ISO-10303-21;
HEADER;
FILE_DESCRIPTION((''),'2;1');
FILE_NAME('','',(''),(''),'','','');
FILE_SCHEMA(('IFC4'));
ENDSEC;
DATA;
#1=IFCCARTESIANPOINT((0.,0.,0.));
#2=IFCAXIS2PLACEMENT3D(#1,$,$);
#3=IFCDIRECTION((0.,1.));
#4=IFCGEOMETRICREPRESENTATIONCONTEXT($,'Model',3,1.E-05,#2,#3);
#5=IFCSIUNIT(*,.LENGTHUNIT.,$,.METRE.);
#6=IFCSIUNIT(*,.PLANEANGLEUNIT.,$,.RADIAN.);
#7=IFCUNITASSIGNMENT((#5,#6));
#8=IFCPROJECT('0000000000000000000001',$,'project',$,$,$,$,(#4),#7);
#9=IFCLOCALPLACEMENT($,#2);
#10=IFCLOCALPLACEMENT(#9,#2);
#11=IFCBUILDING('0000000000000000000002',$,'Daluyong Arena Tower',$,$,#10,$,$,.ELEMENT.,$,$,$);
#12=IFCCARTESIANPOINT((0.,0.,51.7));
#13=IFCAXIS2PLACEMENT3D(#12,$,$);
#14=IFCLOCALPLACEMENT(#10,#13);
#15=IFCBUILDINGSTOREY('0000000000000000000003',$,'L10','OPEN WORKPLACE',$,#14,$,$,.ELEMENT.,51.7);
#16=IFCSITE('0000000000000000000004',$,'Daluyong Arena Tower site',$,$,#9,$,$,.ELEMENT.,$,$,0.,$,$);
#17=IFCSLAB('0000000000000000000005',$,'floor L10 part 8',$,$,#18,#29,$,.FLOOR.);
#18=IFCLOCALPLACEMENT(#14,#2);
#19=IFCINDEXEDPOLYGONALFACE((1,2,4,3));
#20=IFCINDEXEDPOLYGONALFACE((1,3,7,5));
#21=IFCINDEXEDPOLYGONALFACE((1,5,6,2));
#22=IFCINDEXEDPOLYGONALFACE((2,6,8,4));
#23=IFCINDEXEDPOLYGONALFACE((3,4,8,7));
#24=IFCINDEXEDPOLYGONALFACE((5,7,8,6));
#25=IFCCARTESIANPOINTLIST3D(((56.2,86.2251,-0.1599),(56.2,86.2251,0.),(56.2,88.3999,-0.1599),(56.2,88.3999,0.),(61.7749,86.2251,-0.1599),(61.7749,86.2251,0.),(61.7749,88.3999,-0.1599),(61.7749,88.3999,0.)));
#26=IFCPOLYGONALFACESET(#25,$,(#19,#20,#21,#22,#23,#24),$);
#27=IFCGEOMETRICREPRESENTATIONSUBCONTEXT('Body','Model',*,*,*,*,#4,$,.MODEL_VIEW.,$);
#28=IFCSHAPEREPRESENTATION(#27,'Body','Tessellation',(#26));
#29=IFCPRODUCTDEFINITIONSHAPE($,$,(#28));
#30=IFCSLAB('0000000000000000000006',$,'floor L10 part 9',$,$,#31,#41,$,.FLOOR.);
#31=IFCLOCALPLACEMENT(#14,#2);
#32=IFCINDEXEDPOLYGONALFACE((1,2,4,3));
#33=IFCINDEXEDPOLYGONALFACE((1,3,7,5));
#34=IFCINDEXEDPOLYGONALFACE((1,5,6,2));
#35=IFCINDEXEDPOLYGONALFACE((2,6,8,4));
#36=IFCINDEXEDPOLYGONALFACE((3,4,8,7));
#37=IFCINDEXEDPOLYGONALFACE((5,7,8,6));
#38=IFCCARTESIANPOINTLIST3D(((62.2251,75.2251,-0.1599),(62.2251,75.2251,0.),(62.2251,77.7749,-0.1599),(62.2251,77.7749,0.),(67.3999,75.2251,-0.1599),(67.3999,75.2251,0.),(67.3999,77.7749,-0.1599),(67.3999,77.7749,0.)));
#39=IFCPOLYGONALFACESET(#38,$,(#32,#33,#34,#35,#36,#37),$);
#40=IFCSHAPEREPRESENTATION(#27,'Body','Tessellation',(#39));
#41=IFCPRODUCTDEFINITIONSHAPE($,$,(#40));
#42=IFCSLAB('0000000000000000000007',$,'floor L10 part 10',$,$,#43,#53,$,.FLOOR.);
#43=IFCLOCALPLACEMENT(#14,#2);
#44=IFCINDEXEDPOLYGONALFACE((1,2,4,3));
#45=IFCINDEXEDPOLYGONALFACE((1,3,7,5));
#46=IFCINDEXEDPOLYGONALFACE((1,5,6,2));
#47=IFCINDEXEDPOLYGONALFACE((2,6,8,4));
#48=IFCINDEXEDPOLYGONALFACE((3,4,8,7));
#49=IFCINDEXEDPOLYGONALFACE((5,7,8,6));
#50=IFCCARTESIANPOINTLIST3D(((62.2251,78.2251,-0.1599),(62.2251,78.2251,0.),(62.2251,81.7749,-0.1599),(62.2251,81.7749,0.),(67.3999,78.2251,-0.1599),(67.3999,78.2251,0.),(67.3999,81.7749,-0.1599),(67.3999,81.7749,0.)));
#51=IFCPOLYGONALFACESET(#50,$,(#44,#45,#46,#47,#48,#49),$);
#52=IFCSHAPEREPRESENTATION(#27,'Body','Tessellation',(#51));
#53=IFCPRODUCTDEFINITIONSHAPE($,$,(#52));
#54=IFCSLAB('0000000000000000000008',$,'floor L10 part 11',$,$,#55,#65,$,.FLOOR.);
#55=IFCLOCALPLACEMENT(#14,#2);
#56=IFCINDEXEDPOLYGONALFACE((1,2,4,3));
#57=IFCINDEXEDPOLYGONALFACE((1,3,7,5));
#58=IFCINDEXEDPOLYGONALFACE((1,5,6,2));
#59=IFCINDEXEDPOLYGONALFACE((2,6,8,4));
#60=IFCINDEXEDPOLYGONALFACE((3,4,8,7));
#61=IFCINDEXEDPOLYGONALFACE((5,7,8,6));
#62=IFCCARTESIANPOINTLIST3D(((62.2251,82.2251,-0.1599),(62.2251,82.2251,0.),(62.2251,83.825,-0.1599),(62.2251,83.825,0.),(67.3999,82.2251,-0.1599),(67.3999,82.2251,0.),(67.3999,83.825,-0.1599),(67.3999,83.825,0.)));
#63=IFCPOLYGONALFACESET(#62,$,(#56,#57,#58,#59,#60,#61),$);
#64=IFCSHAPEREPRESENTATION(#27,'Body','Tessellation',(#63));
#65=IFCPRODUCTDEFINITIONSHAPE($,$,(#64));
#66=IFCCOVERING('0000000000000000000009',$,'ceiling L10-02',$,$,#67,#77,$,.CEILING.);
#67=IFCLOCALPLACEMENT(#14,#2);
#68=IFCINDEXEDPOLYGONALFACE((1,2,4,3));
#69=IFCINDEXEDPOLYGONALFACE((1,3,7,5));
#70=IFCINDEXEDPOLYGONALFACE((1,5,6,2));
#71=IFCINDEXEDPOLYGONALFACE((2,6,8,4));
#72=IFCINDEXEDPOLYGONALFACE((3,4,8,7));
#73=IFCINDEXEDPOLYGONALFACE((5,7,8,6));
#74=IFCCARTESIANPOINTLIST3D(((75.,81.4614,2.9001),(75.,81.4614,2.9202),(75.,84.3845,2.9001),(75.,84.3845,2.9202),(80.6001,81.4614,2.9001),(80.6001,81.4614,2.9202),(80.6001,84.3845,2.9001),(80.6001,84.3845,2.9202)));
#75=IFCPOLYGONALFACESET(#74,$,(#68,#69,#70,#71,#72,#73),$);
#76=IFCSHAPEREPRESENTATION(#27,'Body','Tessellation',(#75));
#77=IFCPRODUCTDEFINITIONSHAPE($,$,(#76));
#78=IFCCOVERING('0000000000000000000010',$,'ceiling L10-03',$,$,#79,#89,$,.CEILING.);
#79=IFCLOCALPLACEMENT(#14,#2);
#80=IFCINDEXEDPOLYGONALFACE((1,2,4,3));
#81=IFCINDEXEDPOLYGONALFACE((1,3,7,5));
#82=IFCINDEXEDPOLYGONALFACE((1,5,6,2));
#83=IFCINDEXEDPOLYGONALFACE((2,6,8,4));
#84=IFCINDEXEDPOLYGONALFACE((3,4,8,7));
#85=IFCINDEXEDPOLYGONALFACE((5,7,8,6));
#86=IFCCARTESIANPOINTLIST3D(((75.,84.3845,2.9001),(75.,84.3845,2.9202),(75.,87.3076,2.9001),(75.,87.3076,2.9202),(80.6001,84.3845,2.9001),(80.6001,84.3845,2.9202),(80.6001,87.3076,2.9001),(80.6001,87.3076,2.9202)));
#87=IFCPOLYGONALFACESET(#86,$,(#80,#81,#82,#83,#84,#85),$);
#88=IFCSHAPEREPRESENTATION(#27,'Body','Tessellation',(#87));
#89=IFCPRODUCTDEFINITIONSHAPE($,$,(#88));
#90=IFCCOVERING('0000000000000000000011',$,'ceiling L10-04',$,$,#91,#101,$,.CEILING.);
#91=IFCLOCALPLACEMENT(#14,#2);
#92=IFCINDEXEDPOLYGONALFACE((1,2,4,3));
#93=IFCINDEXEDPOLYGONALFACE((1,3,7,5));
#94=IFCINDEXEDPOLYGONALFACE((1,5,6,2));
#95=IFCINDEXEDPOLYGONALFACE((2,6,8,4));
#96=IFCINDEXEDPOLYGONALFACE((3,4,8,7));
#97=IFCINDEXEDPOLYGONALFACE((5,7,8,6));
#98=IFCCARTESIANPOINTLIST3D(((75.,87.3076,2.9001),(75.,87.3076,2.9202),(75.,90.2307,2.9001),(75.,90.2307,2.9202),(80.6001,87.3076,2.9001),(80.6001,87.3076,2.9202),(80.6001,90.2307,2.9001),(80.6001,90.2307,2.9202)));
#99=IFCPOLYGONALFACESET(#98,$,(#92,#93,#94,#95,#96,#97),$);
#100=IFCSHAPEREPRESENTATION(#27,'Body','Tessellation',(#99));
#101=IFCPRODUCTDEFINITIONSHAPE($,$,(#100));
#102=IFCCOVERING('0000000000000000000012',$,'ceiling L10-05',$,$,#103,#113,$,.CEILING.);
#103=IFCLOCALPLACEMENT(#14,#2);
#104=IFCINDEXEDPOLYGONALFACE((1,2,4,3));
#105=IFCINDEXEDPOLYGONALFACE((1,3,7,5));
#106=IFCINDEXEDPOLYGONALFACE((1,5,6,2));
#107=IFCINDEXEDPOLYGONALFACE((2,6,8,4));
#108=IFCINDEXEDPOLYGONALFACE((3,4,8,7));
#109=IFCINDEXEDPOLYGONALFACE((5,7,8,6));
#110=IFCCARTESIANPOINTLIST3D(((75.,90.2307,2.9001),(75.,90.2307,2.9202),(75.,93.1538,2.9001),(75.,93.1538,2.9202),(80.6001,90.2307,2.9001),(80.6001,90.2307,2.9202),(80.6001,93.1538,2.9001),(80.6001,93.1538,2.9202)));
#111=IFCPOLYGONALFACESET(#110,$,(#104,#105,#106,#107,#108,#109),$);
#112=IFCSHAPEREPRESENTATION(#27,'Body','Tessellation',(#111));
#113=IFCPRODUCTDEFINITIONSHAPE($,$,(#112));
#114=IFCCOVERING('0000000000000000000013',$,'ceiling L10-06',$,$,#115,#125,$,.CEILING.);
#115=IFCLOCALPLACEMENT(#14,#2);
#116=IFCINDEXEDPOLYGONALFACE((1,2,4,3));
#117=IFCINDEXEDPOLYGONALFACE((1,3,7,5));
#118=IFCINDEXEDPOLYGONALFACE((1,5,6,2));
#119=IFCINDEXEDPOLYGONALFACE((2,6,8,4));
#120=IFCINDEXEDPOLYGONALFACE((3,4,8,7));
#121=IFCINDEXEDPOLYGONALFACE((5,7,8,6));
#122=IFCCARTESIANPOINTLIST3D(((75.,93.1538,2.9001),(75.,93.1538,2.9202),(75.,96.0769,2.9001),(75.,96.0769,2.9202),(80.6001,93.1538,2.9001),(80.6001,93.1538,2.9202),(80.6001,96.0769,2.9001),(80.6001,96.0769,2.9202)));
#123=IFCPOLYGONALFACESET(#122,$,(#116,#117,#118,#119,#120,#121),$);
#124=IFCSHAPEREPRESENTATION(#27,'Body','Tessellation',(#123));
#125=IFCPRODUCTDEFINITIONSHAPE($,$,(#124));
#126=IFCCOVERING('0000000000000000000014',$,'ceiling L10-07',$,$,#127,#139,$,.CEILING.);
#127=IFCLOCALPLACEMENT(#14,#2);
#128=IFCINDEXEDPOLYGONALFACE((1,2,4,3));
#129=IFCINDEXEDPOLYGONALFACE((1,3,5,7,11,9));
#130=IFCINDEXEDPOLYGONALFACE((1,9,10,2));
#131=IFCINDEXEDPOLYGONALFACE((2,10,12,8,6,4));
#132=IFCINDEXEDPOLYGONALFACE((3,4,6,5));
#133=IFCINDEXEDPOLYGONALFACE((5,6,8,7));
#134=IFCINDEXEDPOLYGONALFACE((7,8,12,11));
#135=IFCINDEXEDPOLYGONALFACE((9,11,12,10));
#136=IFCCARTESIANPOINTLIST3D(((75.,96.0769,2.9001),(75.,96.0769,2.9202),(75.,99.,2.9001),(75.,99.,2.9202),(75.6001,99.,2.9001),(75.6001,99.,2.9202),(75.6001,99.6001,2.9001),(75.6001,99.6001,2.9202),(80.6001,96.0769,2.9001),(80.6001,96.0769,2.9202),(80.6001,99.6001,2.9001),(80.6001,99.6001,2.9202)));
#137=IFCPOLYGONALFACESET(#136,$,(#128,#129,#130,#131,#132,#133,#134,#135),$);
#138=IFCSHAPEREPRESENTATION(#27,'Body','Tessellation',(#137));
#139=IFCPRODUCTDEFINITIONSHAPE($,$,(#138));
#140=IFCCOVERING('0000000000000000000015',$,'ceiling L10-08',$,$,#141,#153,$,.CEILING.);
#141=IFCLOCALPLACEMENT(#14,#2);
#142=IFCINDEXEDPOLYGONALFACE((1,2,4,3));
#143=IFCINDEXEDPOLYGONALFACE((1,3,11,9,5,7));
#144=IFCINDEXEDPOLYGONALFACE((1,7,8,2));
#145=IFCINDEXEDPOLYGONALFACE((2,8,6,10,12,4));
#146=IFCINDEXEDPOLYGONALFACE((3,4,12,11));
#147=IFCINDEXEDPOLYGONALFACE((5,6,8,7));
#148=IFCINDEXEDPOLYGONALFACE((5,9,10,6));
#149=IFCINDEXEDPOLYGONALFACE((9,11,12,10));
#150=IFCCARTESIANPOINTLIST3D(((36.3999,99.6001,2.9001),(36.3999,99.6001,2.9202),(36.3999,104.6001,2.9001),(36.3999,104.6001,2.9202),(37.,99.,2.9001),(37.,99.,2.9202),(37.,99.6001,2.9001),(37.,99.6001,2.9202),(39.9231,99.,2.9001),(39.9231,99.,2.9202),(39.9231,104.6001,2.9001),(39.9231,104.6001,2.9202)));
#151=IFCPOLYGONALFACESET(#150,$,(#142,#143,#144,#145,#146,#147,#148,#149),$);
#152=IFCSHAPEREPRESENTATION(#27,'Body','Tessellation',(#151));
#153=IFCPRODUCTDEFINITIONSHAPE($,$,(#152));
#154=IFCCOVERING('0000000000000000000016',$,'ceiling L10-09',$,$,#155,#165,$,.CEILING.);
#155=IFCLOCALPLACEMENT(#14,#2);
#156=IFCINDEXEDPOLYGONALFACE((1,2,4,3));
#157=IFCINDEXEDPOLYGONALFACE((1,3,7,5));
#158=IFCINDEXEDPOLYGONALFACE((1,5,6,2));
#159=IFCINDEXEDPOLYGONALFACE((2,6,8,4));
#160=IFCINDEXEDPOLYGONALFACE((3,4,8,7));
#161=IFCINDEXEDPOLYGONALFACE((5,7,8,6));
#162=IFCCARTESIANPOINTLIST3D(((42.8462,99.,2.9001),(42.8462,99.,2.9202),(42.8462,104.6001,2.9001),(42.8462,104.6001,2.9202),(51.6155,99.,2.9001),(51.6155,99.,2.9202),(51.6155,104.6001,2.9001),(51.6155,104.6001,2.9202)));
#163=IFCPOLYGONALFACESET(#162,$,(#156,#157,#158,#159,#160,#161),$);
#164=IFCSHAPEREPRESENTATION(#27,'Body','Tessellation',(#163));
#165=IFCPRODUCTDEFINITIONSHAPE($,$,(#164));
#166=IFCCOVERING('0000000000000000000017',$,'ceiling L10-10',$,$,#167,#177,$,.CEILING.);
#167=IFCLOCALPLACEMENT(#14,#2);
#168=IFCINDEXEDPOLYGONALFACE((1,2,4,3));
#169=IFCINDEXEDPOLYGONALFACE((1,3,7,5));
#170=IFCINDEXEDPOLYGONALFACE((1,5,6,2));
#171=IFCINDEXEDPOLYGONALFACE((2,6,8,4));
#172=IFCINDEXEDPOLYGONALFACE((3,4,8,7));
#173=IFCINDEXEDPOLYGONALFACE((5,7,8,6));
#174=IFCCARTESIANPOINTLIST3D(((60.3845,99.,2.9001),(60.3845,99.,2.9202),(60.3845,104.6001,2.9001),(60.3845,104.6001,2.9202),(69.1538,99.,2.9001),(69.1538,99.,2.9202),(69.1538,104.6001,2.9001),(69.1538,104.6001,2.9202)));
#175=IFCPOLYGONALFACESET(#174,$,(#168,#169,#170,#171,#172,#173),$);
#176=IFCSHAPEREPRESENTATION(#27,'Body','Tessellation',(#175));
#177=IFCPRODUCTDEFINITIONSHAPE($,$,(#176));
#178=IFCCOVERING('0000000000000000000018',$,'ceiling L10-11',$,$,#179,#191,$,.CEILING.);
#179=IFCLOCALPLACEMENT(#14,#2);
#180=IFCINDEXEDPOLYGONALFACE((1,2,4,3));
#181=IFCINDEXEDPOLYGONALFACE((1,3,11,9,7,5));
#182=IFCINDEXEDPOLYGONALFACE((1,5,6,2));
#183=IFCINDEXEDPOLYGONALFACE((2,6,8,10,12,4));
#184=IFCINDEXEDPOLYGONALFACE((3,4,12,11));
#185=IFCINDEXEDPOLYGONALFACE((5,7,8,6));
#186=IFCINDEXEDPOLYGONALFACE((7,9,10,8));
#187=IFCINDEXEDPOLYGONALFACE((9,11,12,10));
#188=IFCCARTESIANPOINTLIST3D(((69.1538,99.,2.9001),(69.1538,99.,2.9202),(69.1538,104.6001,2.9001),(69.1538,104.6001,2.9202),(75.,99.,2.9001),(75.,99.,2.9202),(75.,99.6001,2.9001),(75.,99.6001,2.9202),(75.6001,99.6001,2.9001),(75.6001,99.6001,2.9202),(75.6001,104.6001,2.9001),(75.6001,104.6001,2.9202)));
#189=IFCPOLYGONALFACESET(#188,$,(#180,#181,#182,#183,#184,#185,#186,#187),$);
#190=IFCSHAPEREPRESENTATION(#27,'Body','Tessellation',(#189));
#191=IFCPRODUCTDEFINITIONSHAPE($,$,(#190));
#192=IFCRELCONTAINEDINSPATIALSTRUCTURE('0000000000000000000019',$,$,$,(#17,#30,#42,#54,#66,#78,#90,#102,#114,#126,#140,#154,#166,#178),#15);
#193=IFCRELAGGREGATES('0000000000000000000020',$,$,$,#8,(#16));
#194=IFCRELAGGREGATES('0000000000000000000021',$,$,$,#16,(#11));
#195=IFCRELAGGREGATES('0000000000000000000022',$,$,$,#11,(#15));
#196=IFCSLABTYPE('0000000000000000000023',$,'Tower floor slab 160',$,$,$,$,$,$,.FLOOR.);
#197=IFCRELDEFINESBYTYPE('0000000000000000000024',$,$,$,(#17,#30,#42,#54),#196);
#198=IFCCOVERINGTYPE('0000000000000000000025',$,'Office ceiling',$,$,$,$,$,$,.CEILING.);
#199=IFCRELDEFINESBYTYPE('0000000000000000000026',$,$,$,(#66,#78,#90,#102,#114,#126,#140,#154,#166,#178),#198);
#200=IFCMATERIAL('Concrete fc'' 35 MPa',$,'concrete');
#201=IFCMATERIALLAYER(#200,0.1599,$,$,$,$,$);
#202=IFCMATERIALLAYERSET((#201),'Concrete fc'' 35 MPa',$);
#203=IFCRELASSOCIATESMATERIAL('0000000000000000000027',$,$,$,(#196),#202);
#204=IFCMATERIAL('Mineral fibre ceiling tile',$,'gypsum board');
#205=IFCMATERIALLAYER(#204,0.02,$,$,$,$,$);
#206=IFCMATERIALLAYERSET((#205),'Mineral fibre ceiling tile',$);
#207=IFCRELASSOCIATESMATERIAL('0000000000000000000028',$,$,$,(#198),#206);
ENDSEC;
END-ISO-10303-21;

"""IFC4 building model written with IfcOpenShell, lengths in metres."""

from ifc_helpers import new_model, si_unit, direction, frame, origin, place, context, subcontext, project, spatial, polyline, outline, extrude, material, layer, layer_set, type_object, element, save


model = new_model("IFC4")

# Units and contexts
model_context = context("Model", 3, precision=1e-05, world=origin(), true_north=direction((0.0, 1.0)))
body_context = subcontext(model_context, "Body", "Model", "MODEL_VIEW")
ifc_project = project(units=[si_unit("LENGTHUNIT", "METRE"), si_unit("PLANEANGLEUNIT", "RADIAN")], contexts=[model_context])

# Site, building, storey
site_placement = place(None, origin())
site = spatial("IfcSite", under=ifc_project, at=site_placement, Name="Daluyong Arena Tower site", CompositionType="ELEMENT", RefElevation=0.0)
building_placement = place(site_placement, origin())
building = spatial("IfcBuilding", under=site, at=building_placement, Name="Daluyong Arena Tower", CompositionType="ELEMENT")
storey_placement = place(building_placement, frame((0.0, 0.0, 51.7)))
storey = spatial("IfcBuildingStorey", under=building, at=storey_placement, Name="L10", Description="OPEN WORKPLACE", CompositionType="ELEMENT", Elevation=51.7)

# Slabs
ifc_material_1 = material(Name="Concrete fc' 35 MPa", Category="concrete")
ifc_layer_1 = layer(ifc_material_1, 0.1599)
ifc_layer_set_1 = layer_set([ifc_layer_1], Name="Concrete fc' 35 MPa")
slab_type_1 = type_object("IfcSlabType", Name="Tower floor slab 160", PredefinedType="FLOOR", material=ifc_layer_set_1)
slab_1_placement = place(storey_placement, frame((0.0, 0.0, -0.1599)))
element("IfcSlab", 1, at=slab_1_placement, inside=storey, type_object=slab_type_1, Name="floor L10 part 8", PredefinedType="FLOOR", context=body_context, shape_type="SweptSolid", body=[
    extrude(outline(polyline([(56.2, 86.2251), (61.7749, 86.2251), (61.7749, 88.3999), (56.2, 88.3999), (56.2, 86.2251)])), origin(), (0.0, 0.0, 1.0), 0.1599),
])
slab_2_placement = place(storey_placement, frame((0.0, 0.0, -0.1599)))
element("IfcSlab", 2, at=slab_2_placement, inside=storey, type_object=slab_type_1, Name="floor L10 part 9", PredefinedType="FLOOR", context=body_context, shape_type="SweptSolid", body=[
    extrude(outline(polyline([(67.3999, 75.2251), (67.3999, 77.7749), (62.2251, 77.7749), (62.2251, 75.2251), (67.3999, 75.2251)])), origin(), (0.0, 0.0, 1.0), 0.1599),
])
slab_3_placement = place(storey_placement, frame((0.0, 0.0, -0.1599)))
element("IfcSlab", 3, at=slab_3_placement, inside=storey, type_object=slab_type_1, Name="floor L10 part 10", PredefinedType="FLOOR", context=body_context, shape_type="SweptSolid", body=[
    extrude(outline(polyline([(67.3999, 78.2251), (67.3999, 81.7749), (62.2251, 81.7749), (62.2251, 78.2251), (67.3999, 78.2251)])), origin(), (0.0, 0.0, 1.0), 0.1599),
])
slab_4_placement = place(storey_placement, frame((0.0, 0.0, -0.1599)))
element("IfcSlab", 4, at=slab_4_placement, inside=storey, type_object=slab_type_1, Name="floor L10 part 11", PredefinedType="FLOOR", context=body_context, shape_type="SweptSolid", body=[
    extrude(outline(polyline([(67.3999, 82.2251), (67.3999, 83.825), (62.2251, 83.825), (62.2251, 82.2251), (67.3999, 82.2251)])), origin(), (0.0, 0.0, 1.0), 0.1599),
])

# Coverings
ifc_material_2 = material(Name="Mineral fibre ceiling tile", Category="gypsum board")
ifc_layer_2 = layer(ifc_material_2, 0.02)
ifc_layer_set_2 = layer_set([ifc_layer_2], Name="Mineral fibre ceiling tile")
covering_type = type_object("IfcCoveringType", Name="Office ceiling", PredefinedType="CEILING", material=ifc_layer_set_2)
covering_1_placement = place(storey_placement, frame((0.0, 0.0, 2.9001)))
element("IfcCovering", 5, at=covering_1_placement, inside=storey, type_object=covering_type, Name="ceiling L10-02", PredefinedType="CEILING", context=body_context, shape_type="SweptSolid", body=[
    extrude(outline(polyline([(75.0, 81.4614), (80.6001, 81.4614), (80.6001, 84.3845), (75.0, 84.3845), (75.0, 81.4614)])), origin(), (0.0, 0.0, 1.0), 0.02),
])
covering_2_placement = place(storey_placement, frame((0.0, 0.0, 2.9001)))
element("IfcCovering", 6, at=covering_2_placement, inside=storey, type_object=covering_type, Name="ceiling L10-03", PredefinedType="CEILING", context=body_context, shape_type="SweptSolid", body=[
    extrude(outline(polyline([(75.0, 84.3845), (80.6001, 84.3845), (80.6001, 87.3076), (75.0, 87.3076), (75.0, 84.3845)])), origin(), (0.0, 0.0, 1.0), 0.02),
])
covering_3_placement = place(storey_placement, frame((0.0, 0.0, 2.9001)))
element("IfcCovering", 7, at=covering_3_placement, inside=storey, type_object=covering_type, Name="ceiling L10-04", PredefinedType="CEILING", context=body_context, shape_type="SweptSolid", body=[
    extrude(outline(polyline([(75.0, 87.3076), (80.6001, 87.3076), (80.6001, 90.2307), (75.0, 90.2307), (75.0, 87.3076)])), origin(), (0.0, 0.0, 1.0), 0.02),
])
covering_4_placement = place(storey_placement, frame((0.0, 0.0, 2.9001)))
element("IfcCovering", 8, at=covering_4_placement, inside=storey, type_object=covering_type, Name="ceiling L10-05", PredefinedType="CEILING", context=body_context, shape_type="SweptSolid", body=[
    extrude(outline(polyline([(75.0, 90.2307), (80.6001, 90.2307), (80.6001, 93.1538), (75.0, 93.1538), (75.0, 90.2307)])), origin(), (0.0, 0.0, 1.0), 0.02),
])
covering_5_placement = place(storey_placement, frame((0.0, 0.0, 2.9001)))
element("IfcCovering", 9, at=covering_5_placement, inside=storey, type_object=covering_type, Name="ceiling L10-06", PredefinedType="CEILING", context=body_context, shape_type="SweptSolid", body=[
    extrude(outline(polyline([(75.0, 93.1538), (80.6001, 93.1538), (80.6001, 96.0769), (75.0, 96.0769), (75.0, 93.1538)])), origin(), (0.0, 0.0, 1.0), 0.02),
])
covering_6_placement = place(storey_placement, frame((0.0, 0.0, 2.9001)))
element("IfcCovering", 10, at=covering_6_placement, inside=storey, type_object=covering_type, Name="ceiling L10-07", PredefinedType="CEILING", context=body_context, shape_type="SweptSolid", body=[
    extrude(outline(polyline([(75.0, 96.0769), (80.6001, 96.0769), (80.6001, 99.6001), (75.6001, 99.6001), (75.6001, 99.0), (75.0, 99.0), (75.0, 96.0769)])), origin(), (0.0, 0.0, 1.0), 0.02),
])
covering_7_placement = place(storey_placement, frame((0.0, 0.0, 2.9001)))
element("IfcCovering", 11, at=covering_7_placement, inside=storey, type_object=covering_type, Name="ceiling L10-08", PredefinedType="CEILING", context=body_context, shape_type="SweptSolid", body=[
    extrude(outline(polyline([(39.9231, 99.0), (39.9231, 104.6001), (36.3999, 104.6001), (36.3999, 99.6001), (37.0, 99.6001), (37.0, 99.0), (39.9231, 99.0)])), origin(), (0.0, 0.0, 1.0), 0.02),
])
covering_8_placement = place(storey_placement, frame((0.0, 0.0, 2.9001)))
element("IfcCovering", 12, at=covering_8_placement, inside=storey, type_object=covering_type, Name="ceiling L10-09", PredefinedType="CEILING", context=body_context, shape_type="SweptSolid", body=[
    extrude(outline(polyline([(51.6155, 99.0), (51.6155, 104.6001), (42.8462, 104.6001), (42.8462, 99.0), (51.6155, 99.0)])), origin(), (0.0, 0.0, 1.0), 0.02),
])
covering_9_placement = place(storey_placement, frame((0.0, 0.0, 2.9001)))
element("IfcCovering", 13, at=covering_9_placement, inside=storey, type_object=covering_type, Name="ceiling L10-10", PredefinedType="CEILING", context=body_context, shape_type="SweptSolid", body=[
    extrude(outline(polyline([(69.1538, 99.0), (69.1538, 104.6001), (60.3845, 104.6001), (60.3845, 99.0), (69.1538, 99.0)])), origin(), (0.0, 0.0, 1.0), 0.02),
])
covering_10_placement = place(storey_placement, frame((0.0, 0.0, 2.9001)))
element("IfcCovering", 14, at=covering_10_placement, inside=storey, type_object=covering_type, Name="ceiling L10-11", PredefinedType="CEILING", context=body_context, shape_type="SweptSolid", body=[
    extrude(outline(polyline([(69.1538, 99.0), (75.0, 99.0), (75.0, 99.6001), (75.6001, 99.6001), (75.6001, 104.6001), (69.1538, 104.6001), (69.1538, 99.0)])), origin(), (0.0, 0.0, 1.0), 0.02),
])

save(model, "model.ifc")
